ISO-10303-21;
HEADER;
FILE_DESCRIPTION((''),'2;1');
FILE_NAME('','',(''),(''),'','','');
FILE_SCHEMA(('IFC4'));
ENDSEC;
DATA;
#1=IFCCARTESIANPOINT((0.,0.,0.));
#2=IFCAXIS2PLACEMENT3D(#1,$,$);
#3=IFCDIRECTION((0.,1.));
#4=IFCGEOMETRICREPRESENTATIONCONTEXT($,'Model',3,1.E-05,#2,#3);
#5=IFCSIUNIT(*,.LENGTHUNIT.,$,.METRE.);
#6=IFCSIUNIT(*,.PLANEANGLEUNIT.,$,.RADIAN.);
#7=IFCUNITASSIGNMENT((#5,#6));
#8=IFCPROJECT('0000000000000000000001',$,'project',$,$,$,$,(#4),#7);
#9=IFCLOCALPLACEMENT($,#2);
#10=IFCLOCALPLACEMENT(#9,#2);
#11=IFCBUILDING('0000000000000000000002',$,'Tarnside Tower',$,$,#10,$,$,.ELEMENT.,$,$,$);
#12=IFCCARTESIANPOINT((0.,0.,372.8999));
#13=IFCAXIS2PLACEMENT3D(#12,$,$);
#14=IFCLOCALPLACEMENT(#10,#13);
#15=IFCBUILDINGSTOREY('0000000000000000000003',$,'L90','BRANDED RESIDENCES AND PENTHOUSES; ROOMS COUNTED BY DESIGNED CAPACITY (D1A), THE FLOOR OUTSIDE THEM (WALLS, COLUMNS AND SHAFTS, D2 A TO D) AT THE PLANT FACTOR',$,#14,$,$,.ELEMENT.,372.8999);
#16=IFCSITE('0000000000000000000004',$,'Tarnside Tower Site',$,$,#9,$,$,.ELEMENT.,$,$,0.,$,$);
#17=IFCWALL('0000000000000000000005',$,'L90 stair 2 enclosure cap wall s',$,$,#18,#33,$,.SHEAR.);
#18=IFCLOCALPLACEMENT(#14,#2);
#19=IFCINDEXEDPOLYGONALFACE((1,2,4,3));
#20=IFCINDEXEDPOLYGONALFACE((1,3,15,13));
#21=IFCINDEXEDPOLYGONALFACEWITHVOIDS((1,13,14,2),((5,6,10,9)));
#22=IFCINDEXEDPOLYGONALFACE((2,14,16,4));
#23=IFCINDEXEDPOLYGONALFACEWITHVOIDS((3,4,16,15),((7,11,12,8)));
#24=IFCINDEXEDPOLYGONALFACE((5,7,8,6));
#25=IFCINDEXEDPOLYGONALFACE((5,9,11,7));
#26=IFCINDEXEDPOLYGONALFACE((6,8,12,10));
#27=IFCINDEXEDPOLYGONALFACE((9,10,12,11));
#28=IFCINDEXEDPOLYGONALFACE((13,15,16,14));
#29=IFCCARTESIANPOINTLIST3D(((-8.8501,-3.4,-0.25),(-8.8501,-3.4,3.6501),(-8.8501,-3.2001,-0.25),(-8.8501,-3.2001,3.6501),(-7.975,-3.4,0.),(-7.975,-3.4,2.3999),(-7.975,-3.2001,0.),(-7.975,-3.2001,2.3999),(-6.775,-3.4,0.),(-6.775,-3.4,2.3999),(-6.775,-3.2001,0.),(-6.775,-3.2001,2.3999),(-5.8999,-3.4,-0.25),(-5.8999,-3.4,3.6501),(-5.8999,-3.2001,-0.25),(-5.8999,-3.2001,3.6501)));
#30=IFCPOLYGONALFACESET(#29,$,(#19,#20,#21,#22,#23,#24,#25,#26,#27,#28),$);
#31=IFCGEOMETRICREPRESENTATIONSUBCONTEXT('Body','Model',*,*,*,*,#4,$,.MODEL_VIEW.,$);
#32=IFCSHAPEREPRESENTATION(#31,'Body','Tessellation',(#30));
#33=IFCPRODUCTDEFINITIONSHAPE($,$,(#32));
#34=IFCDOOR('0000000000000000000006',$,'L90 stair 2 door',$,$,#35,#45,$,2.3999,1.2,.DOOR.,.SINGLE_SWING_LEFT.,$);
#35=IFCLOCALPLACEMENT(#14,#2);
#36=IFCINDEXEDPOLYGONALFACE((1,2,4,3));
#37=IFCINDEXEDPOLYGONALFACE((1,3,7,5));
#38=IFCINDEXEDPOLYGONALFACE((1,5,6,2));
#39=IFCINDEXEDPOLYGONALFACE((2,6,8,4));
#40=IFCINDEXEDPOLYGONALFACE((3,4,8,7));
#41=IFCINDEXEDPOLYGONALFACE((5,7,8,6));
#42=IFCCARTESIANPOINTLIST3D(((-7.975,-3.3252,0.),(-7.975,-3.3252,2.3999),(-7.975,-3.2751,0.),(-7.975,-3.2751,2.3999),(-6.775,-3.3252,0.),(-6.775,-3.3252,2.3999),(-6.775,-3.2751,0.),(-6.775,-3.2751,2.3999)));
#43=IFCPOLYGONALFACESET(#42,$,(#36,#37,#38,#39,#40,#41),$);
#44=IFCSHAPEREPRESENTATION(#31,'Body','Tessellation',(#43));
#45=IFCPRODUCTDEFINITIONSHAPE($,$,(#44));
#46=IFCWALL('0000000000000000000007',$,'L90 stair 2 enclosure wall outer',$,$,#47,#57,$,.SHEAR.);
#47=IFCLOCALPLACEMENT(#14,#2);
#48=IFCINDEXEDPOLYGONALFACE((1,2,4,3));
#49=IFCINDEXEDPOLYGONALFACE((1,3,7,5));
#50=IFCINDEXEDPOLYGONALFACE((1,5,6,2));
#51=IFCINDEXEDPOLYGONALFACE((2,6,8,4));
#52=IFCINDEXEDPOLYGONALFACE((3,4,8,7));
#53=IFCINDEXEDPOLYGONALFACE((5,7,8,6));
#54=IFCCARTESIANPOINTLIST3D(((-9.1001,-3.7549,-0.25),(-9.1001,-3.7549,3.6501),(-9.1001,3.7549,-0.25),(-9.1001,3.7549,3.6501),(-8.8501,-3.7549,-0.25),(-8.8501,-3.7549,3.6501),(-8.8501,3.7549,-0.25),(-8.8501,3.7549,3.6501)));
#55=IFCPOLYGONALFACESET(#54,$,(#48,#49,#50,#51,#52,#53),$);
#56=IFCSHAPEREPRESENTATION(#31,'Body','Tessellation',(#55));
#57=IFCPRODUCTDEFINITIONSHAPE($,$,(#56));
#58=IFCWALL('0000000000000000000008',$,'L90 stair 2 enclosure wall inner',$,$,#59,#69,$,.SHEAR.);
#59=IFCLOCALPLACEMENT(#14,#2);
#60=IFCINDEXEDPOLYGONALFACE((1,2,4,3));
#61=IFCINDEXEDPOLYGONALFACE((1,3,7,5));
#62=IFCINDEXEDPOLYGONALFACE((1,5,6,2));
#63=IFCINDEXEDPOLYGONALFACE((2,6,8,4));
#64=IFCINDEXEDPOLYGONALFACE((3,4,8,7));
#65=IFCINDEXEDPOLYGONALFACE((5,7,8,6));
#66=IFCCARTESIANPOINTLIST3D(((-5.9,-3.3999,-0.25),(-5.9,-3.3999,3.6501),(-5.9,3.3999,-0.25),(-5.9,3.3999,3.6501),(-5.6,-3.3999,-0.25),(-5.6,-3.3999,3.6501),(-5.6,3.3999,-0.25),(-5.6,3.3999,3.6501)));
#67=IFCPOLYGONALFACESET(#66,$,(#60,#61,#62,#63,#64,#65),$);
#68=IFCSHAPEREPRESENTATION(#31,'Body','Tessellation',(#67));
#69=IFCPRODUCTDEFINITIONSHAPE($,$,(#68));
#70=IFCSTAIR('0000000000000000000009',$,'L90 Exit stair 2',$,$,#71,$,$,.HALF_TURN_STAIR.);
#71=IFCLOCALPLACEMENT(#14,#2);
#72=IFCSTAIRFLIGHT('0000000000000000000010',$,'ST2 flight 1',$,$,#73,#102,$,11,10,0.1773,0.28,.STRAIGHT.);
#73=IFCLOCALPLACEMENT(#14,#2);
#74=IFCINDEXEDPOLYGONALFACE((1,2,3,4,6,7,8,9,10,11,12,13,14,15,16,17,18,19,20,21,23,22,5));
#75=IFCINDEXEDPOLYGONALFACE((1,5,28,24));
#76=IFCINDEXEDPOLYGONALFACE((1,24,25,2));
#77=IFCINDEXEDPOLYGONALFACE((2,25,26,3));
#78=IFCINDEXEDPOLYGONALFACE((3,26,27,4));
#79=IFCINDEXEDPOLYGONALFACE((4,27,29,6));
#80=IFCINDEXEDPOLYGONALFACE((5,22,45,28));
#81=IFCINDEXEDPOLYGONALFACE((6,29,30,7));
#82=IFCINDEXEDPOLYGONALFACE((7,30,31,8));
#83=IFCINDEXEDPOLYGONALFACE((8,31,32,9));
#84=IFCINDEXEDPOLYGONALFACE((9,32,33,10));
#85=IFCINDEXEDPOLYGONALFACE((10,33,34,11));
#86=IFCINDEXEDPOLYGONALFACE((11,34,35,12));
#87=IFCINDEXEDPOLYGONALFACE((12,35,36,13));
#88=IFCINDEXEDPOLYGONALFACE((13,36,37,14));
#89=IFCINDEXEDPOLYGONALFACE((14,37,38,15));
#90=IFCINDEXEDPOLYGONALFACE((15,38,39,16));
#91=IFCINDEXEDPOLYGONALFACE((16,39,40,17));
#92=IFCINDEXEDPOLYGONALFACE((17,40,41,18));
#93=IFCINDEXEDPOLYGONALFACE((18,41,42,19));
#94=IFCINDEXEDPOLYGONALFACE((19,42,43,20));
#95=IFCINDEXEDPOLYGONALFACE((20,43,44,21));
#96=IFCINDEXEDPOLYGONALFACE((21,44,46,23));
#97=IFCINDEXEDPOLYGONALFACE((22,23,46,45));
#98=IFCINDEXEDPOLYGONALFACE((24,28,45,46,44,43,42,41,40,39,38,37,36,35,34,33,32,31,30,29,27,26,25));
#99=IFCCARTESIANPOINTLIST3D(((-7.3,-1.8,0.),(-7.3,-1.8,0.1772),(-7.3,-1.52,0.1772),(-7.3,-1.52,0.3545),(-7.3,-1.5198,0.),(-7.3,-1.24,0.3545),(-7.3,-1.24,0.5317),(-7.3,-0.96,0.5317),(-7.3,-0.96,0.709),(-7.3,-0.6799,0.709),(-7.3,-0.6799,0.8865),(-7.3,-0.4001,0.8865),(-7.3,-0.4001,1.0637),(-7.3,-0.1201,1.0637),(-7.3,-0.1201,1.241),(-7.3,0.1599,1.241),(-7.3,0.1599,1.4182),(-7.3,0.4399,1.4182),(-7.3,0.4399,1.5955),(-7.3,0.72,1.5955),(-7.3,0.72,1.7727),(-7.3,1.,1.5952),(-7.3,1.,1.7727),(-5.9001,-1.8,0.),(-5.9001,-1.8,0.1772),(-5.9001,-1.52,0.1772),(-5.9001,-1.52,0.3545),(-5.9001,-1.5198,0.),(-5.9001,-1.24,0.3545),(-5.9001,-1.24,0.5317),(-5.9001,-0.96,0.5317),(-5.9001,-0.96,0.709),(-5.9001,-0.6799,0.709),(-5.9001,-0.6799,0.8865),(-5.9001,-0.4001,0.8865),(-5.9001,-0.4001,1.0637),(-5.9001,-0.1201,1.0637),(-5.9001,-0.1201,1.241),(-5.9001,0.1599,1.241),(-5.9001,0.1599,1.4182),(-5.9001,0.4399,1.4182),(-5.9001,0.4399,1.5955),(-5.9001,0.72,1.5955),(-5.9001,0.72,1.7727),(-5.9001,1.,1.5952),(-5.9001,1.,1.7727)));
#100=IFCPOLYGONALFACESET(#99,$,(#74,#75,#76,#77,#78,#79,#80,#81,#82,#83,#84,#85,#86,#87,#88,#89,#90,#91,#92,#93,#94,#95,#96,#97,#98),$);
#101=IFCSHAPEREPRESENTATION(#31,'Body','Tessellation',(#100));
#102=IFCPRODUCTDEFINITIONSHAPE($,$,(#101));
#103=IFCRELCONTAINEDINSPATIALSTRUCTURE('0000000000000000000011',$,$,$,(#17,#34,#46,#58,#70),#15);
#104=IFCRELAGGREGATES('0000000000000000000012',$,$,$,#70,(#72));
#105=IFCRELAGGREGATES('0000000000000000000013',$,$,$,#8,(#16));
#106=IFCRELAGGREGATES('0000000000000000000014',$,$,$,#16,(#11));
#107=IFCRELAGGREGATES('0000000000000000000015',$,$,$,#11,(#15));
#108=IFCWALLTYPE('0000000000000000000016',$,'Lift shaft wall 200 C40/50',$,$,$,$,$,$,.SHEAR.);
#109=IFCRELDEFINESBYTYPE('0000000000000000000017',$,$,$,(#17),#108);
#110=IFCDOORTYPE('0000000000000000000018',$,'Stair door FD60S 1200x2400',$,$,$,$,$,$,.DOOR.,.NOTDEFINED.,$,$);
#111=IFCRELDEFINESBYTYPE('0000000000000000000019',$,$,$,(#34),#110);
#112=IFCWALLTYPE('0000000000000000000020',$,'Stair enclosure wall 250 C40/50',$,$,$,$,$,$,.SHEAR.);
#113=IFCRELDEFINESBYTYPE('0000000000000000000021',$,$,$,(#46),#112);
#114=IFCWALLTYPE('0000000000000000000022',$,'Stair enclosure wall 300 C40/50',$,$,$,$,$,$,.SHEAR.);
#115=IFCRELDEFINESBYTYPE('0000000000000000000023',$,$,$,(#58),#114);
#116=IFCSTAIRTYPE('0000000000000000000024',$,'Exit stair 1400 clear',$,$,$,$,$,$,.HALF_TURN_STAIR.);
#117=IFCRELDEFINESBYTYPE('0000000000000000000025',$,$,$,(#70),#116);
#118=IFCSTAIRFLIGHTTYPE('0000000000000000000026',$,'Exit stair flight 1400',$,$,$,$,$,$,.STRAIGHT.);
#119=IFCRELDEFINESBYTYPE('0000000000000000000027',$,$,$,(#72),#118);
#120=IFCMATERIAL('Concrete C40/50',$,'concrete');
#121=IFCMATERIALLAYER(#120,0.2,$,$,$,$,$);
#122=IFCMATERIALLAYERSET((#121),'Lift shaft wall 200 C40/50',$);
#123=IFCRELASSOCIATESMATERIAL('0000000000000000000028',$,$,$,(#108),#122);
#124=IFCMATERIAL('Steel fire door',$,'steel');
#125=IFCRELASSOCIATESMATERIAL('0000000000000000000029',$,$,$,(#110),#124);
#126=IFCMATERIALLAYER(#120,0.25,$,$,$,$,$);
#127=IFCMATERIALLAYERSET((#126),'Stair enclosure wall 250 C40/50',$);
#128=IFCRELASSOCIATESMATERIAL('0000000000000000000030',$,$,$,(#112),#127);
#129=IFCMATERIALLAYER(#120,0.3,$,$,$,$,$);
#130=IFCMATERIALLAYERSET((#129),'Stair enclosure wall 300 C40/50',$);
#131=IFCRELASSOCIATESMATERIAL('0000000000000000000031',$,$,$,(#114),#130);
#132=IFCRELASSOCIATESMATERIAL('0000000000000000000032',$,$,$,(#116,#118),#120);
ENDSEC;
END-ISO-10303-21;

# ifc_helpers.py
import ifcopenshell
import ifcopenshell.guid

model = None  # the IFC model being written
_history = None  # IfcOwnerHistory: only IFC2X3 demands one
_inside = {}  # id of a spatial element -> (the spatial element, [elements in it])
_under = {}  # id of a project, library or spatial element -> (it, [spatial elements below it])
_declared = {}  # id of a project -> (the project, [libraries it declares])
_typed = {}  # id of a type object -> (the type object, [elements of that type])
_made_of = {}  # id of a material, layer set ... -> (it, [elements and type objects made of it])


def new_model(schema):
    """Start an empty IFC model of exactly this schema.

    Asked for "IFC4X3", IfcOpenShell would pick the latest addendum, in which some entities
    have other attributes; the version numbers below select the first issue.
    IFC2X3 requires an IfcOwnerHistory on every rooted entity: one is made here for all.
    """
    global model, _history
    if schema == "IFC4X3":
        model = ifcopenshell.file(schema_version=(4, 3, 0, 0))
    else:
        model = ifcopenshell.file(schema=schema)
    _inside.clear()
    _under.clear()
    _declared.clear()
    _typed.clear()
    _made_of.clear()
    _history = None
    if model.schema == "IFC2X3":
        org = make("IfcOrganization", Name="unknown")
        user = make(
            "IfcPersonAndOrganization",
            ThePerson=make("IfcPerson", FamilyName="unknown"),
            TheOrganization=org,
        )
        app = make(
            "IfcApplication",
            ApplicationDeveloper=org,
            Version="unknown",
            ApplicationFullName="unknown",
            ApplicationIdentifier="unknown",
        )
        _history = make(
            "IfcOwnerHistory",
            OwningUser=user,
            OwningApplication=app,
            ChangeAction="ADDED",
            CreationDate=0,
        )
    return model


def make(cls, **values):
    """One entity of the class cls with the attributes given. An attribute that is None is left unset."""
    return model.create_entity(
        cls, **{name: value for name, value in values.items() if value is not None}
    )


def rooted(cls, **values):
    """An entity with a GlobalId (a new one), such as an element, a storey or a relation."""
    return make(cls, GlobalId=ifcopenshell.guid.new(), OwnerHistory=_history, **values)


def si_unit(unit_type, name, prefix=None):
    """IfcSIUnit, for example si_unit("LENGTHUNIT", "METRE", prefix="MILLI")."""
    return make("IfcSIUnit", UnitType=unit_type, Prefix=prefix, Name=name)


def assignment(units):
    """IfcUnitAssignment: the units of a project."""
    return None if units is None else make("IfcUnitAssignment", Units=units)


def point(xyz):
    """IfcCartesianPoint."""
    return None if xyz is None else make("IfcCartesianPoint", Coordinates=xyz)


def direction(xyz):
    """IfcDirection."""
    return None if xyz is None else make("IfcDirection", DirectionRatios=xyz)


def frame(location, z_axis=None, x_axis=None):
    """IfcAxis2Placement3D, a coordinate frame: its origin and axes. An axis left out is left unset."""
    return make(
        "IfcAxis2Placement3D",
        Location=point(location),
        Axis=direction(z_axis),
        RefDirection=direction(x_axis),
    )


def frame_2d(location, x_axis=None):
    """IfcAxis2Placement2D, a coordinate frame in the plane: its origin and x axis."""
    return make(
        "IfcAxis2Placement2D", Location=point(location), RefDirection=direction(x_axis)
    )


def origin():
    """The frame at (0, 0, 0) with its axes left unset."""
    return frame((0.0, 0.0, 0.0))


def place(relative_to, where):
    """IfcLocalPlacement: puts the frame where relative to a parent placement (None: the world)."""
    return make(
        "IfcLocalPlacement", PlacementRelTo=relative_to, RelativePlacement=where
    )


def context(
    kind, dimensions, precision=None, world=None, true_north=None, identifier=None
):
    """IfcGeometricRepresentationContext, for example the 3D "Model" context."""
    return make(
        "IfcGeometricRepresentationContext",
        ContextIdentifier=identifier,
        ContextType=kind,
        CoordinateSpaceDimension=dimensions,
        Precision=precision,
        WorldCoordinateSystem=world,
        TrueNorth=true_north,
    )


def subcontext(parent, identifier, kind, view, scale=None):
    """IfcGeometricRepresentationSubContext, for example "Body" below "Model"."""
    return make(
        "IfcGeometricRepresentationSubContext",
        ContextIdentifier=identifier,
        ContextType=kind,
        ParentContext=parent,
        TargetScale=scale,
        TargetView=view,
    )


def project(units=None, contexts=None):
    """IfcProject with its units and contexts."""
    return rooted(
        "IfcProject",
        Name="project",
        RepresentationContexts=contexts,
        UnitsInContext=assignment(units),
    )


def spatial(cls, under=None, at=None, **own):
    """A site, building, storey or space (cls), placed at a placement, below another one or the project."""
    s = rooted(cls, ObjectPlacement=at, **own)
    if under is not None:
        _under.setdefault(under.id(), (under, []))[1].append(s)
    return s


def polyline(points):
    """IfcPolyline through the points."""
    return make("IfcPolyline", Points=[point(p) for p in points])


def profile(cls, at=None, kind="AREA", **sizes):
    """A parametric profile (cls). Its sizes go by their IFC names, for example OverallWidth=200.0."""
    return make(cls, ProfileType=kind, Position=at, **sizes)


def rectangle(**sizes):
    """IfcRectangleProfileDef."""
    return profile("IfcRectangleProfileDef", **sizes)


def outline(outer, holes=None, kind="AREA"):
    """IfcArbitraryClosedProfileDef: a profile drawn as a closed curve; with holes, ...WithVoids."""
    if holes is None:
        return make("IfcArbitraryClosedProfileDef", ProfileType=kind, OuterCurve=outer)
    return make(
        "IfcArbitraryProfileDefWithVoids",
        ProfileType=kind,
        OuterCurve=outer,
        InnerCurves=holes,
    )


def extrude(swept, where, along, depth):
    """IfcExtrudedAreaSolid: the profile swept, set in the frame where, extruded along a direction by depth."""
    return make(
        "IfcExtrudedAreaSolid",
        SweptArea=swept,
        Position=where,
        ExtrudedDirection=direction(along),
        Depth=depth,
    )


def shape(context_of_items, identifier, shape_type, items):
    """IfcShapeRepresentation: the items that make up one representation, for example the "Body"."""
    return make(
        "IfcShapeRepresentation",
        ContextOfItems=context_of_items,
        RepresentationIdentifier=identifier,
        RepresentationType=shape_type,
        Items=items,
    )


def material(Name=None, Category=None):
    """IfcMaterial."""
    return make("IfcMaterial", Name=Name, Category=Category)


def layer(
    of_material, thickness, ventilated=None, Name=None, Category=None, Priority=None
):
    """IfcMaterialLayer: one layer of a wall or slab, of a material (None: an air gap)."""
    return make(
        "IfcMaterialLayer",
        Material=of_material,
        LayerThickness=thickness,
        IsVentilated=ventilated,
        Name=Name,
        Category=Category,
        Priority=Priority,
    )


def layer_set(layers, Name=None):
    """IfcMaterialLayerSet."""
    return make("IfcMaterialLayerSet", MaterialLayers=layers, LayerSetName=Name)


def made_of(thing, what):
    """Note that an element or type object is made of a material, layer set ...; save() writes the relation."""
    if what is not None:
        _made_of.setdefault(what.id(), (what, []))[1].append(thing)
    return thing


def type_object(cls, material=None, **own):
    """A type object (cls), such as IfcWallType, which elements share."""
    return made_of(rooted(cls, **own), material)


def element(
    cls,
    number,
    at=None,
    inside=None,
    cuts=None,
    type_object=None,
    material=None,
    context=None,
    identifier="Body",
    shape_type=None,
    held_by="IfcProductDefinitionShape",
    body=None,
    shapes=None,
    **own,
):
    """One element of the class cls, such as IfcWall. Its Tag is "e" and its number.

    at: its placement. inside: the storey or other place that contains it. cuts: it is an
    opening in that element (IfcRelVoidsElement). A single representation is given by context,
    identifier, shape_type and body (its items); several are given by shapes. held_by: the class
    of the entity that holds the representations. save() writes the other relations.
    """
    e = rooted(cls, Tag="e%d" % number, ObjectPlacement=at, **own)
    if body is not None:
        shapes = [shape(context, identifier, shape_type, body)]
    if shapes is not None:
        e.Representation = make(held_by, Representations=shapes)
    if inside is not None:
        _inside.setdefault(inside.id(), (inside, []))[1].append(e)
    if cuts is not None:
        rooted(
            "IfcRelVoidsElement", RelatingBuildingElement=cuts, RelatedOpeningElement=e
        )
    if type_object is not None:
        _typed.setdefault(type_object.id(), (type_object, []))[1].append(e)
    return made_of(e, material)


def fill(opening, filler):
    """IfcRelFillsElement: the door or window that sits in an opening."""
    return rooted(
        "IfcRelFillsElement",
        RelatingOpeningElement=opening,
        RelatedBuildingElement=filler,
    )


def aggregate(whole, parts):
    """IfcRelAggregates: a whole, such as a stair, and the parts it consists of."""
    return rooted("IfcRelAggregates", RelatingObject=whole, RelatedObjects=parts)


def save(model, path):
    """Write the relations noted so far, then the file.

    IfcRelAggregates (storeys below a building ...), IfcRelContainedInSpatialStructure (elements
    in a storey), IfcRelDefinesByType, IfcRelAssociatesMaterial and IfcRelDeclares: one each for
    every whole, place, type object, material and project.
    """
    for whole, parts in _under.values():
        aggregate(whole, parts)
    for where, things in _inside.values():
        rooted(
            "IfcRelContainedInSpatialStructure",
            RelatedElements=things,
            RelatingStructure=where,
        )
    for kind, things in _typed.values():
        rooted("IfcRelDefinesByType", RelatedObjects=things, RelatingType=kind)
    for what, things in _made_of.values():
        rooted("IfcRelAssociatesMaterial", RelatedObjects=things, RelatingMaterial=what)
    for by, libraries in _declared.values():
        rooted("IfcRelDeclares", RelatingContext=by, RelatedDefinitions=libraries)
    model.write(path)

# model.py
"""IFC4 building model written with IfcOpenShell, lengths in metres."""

from ifc_helpers import new_model, si_unit, direction, frame, frame_2d, origin, place, context, subcontext, project, spatial, polyline, rectangle, outline, extrude, material, layer, layer_set, type_object, element, fill, aggregate, save


model = new_model("IFC4")

# Units and contexts
model_context = context("Model", 3, precision=1e-05, world=origin(), true_north=direction((0.0, 1.0)))
body_context = subcontext(model_context, "Body", "Model", "MODEL_VIEW")
ifc_project = project(units=[si_unit("LENGTHUNIT", "METRE"), si_unit("PLANEANGLEUNIT", "RADIAN")], contexts=[model_context])

# Site, building, storey
site_placement = place(None, origin())
site = spatial("IfcSite", under=ifc_project, at=site_placement, Name="Tarnside Tower Site", CompositionType="ELEMENT", RefElevation=0.0)
building_placement = place(site_placement, origin())
building = spatial("IfcBuilding", under=site, at=building_placement, Name="Tarnside Tower", CompositionType="ELEMENT")
storey_placement = place(building_placement, frame((0.0, 0.0, 372.8999)))
storey = spatial("IfcBuildingStorey", under=building, at=storey_placement, Name="L90", Description="BRANDED RESIDENCES AND PENTHOUSES; ROOMS COUNTED BY DESIGNED CAPACITY (D1A), THE FLOOR OUTSIDE THEM (WALLS, COLUMNS AND SHAFTS, D2 A TO D) AT THE PLANT FACTOR", CompositionType="ELEMENT", Elevation=372.8999)

# Shared definitions
ifc_material_1 = material(Name="Concrete C40/50", Category="concrete")
ifc_material_2 = material(Name="Steel fire door", Category="steel")

# Shared definitions
ifc_layer_1 = layer(ifc_material_1, 0.2)
ifc_layer_set_1 = layer_set([ifc_layer_1], Name="Lift shaft wall 200 C40/50")
wall_type_1 = type_object("IfcWallType", Name="Lift shaft wall 200 C40/50", PredefinedType="SHEAR", material=ifc_layer_set_1)

# Wall, opening, door
wall_1_placement = place(storey_placement, frame((-8.8501, -3.3, -0.25), z_axis=(0.0, 0.0, 1.0), x_axis=(1.0, 0.0, 0.0)))
wall_1 = element("IfcWall", 1, at=wall_1_placement, inside=storey, type_object=wall_type_1, Name="L90 stair 2 enclosure cap wall s", PredefinedType="SHEAR", context=body_context, shape_type="SweptSolid", body=[
    extrude(rectangle(XDim=2.9502, YDim=0.2, at=frame_2d((1.4751, 0.0))), origin(), (0.0, 0.0, 1.0), 3.9001),
])
opening_1_placement = place(wall_1_placement, frame((0.875, 0.0, 0.25)))
opening_1 = element("IfcOpeningElement", 2, at=opening_1_placement, cuts=wall_1, PredefinedType="OPENING", context=body_context, shape_type="SweptSolid", body=[
    extrude(rectangle(XDim=1.2, YDim=2.3999, at=frame_2d((0.6001, 1.2))), frame((0.0, 0.1099, 0.0), z_axis=(0.0, -1.0, 0.0), x_axis=(1.0, 0.0, 0.0)), (0.0, 0.0, 1.0), 0.22),
])
door_type_1 = type_object("IfcDoorType", Name="Stair door FD60S 1200x2400", OperationType="NOTDEFINED", PredefinedType="DOOR", material=ifc_material_2)
door_1_placement = place(opening_1_placement, origin())
door_1 = element("IfcDoor", 3, at=door_1_placement, inside=storey, type_object=door_type_1, Name="L90 stair 2 door", OperationType="SINGLE_SWING_LEFT", OverallHeight=2.3999, OverallWidth=1.2, PredefinedType="DOOR", context=body_context, shape_type="SweptSolid", body=[
    extrude(rectangle(XDim=1.2, YDim=2.3999, at=frame_2d((0.6001, 1.2))), frame((0.0, 0.0249, 0.0), z_axis=(0.0, -1.0, 0.0), x_axis=(1.0, 0.0, 0.0)), (0.0, 0.0, 1.0), 0.05),
])
fill(opening_1, door_1)

# Walls
ifc_layer_2 = layer(ifc_material_1, 0.25)
ifc_layer_set_2 = layer_set([ifc_layer_2], Name="Stair enclosure wall 250 C40/50")
wall_type_2 = type_object("IfcWallType", Name="Stair enclosure wall 250 C40/50", PredefinedType="SHEAR", material=ifc_layer_set_2)
wall_2_placement = place(storey_placement, frame((-8.9751, -3.7549, -0.25), z_axis=(0.0, 0.0, 1.0), x_axis=(0.0, 1.0, 0.0)))
element("IfcWall", 4, at=wall_2_placement, inside=storey, type_object=wall_type_2, Name="L90 stair 2 enclosure wall outer", PredefinedType="SHEAR", context=body_context, shape_type="SweptSolid", body=[
    extrude(rectangle(XDim=7.5098, YDim=0.25, at=frame_2d((3.7549, 0.0))), origin(), (0.0, 0.0, 1.0), 3.9001),
])
ifc_layer_3 = layer(ifc_material_1, 0.3)
ifc_layer_set_3 = layer_set([ifc_layer_3], Name="Stair enclosure wall 300 C40/50")
wall_type_3 = type_object("IfcWallType", Name="Stair enclosure wall 300 C40/50", PredefinedType="SHEAR", material=ifc_layer_set_3)
wall_3_placement = place(storey_placement, frame((-5.75, -3.3999, -0.25), z_axis=(0.0, 0.0, 1.0), x_axis=(0.0, 1.0, 0.0)))
element("IfcWall", 5, at=wall_3_placement, inside=storey, type_object=wall_type_3, Name="L90 stair 2 enclosure wall inner", PredefinedType="SHEAR", context=body_context, shape_type="SweptSolid", body=[
    extrude(rectangle(XDim=6.7998, YDim=0.3, at=frame_2d((3.3999, 0.0))), origin(), (0.0, 0.0, 1.0), 3.9001),
])

# Stair, stair flight
stair_type = type_object("IfcStairType", Name="Exit stair 1400 clear", PredefinedType="HALF_TURN_STAIR", material=ifc_material_1)
stair_placement = place(storey_placement, origin())
stair = element("IfcStair", 6, at=stair_placement, inside=storey, type_object=stair_type, Name="L90 Exit stair 2", PredefinedType="HALF_TURN_STAIR")
stair_flight_type = type_object("IfcStairFlightType", Name="Exit stair flight 1400", PredefinedType="STRAIGHT", material=ifc_material_1)
stair_flight_placement = place(storey_placement, frame((-6.6001, -1.8, 0.0), z_axis=(0.0, 0.0, 1.0), x_axis=(0.0, 1.0, 0.0)))
stair_flight = element("IfcStairFlight", 7, at=stair_flight_placement, type_object=stair_flight_type, Name="ST2 flight 1", NumberOfRisers=11, NumberOfTreads=10, PredefinedType="STRAIGHT", RiserHeight=0.1773, TreadLength=0.28, context=body_context, shape_type="SweptSolid", body=[
    extrude(outline(polyline([(0.0, 0.0), (0.0, 0.1772), (0.28, 0.1772), (0.28, 0.3545), (0.5601, 0.3545), (0.5601, 0.5317), (0.8401, 0.5317), (0.8401, 0.709), (1.1201, 0.709), (1.1201, 0.8865), (1.3999, 0.8865), (1.3999, 1.0637), (1.6799, 1.0637), (1.6799, 1.241), (1.96, 1.241), (1.96, 1.4182), (2.24, 1.4182), (2.24, 1.5955), (2.52, 1.5955), (2.52, 1.7727), (2.8, 1.7727), (2.8, 1.95), (2.8, 1.5952), (0.2803, 0.0), (0.0, 0.0)])), frame((0.0, 0.7, 0.0), z_axis=(0.0, -1.0, 0.0), x_axis=(1.0, 0.0, 0.0)), (0.0, 0.0, 1.0), 1.3999),
])
aggregate(stair, [stair_flight])

save(model, "model.ifc")
